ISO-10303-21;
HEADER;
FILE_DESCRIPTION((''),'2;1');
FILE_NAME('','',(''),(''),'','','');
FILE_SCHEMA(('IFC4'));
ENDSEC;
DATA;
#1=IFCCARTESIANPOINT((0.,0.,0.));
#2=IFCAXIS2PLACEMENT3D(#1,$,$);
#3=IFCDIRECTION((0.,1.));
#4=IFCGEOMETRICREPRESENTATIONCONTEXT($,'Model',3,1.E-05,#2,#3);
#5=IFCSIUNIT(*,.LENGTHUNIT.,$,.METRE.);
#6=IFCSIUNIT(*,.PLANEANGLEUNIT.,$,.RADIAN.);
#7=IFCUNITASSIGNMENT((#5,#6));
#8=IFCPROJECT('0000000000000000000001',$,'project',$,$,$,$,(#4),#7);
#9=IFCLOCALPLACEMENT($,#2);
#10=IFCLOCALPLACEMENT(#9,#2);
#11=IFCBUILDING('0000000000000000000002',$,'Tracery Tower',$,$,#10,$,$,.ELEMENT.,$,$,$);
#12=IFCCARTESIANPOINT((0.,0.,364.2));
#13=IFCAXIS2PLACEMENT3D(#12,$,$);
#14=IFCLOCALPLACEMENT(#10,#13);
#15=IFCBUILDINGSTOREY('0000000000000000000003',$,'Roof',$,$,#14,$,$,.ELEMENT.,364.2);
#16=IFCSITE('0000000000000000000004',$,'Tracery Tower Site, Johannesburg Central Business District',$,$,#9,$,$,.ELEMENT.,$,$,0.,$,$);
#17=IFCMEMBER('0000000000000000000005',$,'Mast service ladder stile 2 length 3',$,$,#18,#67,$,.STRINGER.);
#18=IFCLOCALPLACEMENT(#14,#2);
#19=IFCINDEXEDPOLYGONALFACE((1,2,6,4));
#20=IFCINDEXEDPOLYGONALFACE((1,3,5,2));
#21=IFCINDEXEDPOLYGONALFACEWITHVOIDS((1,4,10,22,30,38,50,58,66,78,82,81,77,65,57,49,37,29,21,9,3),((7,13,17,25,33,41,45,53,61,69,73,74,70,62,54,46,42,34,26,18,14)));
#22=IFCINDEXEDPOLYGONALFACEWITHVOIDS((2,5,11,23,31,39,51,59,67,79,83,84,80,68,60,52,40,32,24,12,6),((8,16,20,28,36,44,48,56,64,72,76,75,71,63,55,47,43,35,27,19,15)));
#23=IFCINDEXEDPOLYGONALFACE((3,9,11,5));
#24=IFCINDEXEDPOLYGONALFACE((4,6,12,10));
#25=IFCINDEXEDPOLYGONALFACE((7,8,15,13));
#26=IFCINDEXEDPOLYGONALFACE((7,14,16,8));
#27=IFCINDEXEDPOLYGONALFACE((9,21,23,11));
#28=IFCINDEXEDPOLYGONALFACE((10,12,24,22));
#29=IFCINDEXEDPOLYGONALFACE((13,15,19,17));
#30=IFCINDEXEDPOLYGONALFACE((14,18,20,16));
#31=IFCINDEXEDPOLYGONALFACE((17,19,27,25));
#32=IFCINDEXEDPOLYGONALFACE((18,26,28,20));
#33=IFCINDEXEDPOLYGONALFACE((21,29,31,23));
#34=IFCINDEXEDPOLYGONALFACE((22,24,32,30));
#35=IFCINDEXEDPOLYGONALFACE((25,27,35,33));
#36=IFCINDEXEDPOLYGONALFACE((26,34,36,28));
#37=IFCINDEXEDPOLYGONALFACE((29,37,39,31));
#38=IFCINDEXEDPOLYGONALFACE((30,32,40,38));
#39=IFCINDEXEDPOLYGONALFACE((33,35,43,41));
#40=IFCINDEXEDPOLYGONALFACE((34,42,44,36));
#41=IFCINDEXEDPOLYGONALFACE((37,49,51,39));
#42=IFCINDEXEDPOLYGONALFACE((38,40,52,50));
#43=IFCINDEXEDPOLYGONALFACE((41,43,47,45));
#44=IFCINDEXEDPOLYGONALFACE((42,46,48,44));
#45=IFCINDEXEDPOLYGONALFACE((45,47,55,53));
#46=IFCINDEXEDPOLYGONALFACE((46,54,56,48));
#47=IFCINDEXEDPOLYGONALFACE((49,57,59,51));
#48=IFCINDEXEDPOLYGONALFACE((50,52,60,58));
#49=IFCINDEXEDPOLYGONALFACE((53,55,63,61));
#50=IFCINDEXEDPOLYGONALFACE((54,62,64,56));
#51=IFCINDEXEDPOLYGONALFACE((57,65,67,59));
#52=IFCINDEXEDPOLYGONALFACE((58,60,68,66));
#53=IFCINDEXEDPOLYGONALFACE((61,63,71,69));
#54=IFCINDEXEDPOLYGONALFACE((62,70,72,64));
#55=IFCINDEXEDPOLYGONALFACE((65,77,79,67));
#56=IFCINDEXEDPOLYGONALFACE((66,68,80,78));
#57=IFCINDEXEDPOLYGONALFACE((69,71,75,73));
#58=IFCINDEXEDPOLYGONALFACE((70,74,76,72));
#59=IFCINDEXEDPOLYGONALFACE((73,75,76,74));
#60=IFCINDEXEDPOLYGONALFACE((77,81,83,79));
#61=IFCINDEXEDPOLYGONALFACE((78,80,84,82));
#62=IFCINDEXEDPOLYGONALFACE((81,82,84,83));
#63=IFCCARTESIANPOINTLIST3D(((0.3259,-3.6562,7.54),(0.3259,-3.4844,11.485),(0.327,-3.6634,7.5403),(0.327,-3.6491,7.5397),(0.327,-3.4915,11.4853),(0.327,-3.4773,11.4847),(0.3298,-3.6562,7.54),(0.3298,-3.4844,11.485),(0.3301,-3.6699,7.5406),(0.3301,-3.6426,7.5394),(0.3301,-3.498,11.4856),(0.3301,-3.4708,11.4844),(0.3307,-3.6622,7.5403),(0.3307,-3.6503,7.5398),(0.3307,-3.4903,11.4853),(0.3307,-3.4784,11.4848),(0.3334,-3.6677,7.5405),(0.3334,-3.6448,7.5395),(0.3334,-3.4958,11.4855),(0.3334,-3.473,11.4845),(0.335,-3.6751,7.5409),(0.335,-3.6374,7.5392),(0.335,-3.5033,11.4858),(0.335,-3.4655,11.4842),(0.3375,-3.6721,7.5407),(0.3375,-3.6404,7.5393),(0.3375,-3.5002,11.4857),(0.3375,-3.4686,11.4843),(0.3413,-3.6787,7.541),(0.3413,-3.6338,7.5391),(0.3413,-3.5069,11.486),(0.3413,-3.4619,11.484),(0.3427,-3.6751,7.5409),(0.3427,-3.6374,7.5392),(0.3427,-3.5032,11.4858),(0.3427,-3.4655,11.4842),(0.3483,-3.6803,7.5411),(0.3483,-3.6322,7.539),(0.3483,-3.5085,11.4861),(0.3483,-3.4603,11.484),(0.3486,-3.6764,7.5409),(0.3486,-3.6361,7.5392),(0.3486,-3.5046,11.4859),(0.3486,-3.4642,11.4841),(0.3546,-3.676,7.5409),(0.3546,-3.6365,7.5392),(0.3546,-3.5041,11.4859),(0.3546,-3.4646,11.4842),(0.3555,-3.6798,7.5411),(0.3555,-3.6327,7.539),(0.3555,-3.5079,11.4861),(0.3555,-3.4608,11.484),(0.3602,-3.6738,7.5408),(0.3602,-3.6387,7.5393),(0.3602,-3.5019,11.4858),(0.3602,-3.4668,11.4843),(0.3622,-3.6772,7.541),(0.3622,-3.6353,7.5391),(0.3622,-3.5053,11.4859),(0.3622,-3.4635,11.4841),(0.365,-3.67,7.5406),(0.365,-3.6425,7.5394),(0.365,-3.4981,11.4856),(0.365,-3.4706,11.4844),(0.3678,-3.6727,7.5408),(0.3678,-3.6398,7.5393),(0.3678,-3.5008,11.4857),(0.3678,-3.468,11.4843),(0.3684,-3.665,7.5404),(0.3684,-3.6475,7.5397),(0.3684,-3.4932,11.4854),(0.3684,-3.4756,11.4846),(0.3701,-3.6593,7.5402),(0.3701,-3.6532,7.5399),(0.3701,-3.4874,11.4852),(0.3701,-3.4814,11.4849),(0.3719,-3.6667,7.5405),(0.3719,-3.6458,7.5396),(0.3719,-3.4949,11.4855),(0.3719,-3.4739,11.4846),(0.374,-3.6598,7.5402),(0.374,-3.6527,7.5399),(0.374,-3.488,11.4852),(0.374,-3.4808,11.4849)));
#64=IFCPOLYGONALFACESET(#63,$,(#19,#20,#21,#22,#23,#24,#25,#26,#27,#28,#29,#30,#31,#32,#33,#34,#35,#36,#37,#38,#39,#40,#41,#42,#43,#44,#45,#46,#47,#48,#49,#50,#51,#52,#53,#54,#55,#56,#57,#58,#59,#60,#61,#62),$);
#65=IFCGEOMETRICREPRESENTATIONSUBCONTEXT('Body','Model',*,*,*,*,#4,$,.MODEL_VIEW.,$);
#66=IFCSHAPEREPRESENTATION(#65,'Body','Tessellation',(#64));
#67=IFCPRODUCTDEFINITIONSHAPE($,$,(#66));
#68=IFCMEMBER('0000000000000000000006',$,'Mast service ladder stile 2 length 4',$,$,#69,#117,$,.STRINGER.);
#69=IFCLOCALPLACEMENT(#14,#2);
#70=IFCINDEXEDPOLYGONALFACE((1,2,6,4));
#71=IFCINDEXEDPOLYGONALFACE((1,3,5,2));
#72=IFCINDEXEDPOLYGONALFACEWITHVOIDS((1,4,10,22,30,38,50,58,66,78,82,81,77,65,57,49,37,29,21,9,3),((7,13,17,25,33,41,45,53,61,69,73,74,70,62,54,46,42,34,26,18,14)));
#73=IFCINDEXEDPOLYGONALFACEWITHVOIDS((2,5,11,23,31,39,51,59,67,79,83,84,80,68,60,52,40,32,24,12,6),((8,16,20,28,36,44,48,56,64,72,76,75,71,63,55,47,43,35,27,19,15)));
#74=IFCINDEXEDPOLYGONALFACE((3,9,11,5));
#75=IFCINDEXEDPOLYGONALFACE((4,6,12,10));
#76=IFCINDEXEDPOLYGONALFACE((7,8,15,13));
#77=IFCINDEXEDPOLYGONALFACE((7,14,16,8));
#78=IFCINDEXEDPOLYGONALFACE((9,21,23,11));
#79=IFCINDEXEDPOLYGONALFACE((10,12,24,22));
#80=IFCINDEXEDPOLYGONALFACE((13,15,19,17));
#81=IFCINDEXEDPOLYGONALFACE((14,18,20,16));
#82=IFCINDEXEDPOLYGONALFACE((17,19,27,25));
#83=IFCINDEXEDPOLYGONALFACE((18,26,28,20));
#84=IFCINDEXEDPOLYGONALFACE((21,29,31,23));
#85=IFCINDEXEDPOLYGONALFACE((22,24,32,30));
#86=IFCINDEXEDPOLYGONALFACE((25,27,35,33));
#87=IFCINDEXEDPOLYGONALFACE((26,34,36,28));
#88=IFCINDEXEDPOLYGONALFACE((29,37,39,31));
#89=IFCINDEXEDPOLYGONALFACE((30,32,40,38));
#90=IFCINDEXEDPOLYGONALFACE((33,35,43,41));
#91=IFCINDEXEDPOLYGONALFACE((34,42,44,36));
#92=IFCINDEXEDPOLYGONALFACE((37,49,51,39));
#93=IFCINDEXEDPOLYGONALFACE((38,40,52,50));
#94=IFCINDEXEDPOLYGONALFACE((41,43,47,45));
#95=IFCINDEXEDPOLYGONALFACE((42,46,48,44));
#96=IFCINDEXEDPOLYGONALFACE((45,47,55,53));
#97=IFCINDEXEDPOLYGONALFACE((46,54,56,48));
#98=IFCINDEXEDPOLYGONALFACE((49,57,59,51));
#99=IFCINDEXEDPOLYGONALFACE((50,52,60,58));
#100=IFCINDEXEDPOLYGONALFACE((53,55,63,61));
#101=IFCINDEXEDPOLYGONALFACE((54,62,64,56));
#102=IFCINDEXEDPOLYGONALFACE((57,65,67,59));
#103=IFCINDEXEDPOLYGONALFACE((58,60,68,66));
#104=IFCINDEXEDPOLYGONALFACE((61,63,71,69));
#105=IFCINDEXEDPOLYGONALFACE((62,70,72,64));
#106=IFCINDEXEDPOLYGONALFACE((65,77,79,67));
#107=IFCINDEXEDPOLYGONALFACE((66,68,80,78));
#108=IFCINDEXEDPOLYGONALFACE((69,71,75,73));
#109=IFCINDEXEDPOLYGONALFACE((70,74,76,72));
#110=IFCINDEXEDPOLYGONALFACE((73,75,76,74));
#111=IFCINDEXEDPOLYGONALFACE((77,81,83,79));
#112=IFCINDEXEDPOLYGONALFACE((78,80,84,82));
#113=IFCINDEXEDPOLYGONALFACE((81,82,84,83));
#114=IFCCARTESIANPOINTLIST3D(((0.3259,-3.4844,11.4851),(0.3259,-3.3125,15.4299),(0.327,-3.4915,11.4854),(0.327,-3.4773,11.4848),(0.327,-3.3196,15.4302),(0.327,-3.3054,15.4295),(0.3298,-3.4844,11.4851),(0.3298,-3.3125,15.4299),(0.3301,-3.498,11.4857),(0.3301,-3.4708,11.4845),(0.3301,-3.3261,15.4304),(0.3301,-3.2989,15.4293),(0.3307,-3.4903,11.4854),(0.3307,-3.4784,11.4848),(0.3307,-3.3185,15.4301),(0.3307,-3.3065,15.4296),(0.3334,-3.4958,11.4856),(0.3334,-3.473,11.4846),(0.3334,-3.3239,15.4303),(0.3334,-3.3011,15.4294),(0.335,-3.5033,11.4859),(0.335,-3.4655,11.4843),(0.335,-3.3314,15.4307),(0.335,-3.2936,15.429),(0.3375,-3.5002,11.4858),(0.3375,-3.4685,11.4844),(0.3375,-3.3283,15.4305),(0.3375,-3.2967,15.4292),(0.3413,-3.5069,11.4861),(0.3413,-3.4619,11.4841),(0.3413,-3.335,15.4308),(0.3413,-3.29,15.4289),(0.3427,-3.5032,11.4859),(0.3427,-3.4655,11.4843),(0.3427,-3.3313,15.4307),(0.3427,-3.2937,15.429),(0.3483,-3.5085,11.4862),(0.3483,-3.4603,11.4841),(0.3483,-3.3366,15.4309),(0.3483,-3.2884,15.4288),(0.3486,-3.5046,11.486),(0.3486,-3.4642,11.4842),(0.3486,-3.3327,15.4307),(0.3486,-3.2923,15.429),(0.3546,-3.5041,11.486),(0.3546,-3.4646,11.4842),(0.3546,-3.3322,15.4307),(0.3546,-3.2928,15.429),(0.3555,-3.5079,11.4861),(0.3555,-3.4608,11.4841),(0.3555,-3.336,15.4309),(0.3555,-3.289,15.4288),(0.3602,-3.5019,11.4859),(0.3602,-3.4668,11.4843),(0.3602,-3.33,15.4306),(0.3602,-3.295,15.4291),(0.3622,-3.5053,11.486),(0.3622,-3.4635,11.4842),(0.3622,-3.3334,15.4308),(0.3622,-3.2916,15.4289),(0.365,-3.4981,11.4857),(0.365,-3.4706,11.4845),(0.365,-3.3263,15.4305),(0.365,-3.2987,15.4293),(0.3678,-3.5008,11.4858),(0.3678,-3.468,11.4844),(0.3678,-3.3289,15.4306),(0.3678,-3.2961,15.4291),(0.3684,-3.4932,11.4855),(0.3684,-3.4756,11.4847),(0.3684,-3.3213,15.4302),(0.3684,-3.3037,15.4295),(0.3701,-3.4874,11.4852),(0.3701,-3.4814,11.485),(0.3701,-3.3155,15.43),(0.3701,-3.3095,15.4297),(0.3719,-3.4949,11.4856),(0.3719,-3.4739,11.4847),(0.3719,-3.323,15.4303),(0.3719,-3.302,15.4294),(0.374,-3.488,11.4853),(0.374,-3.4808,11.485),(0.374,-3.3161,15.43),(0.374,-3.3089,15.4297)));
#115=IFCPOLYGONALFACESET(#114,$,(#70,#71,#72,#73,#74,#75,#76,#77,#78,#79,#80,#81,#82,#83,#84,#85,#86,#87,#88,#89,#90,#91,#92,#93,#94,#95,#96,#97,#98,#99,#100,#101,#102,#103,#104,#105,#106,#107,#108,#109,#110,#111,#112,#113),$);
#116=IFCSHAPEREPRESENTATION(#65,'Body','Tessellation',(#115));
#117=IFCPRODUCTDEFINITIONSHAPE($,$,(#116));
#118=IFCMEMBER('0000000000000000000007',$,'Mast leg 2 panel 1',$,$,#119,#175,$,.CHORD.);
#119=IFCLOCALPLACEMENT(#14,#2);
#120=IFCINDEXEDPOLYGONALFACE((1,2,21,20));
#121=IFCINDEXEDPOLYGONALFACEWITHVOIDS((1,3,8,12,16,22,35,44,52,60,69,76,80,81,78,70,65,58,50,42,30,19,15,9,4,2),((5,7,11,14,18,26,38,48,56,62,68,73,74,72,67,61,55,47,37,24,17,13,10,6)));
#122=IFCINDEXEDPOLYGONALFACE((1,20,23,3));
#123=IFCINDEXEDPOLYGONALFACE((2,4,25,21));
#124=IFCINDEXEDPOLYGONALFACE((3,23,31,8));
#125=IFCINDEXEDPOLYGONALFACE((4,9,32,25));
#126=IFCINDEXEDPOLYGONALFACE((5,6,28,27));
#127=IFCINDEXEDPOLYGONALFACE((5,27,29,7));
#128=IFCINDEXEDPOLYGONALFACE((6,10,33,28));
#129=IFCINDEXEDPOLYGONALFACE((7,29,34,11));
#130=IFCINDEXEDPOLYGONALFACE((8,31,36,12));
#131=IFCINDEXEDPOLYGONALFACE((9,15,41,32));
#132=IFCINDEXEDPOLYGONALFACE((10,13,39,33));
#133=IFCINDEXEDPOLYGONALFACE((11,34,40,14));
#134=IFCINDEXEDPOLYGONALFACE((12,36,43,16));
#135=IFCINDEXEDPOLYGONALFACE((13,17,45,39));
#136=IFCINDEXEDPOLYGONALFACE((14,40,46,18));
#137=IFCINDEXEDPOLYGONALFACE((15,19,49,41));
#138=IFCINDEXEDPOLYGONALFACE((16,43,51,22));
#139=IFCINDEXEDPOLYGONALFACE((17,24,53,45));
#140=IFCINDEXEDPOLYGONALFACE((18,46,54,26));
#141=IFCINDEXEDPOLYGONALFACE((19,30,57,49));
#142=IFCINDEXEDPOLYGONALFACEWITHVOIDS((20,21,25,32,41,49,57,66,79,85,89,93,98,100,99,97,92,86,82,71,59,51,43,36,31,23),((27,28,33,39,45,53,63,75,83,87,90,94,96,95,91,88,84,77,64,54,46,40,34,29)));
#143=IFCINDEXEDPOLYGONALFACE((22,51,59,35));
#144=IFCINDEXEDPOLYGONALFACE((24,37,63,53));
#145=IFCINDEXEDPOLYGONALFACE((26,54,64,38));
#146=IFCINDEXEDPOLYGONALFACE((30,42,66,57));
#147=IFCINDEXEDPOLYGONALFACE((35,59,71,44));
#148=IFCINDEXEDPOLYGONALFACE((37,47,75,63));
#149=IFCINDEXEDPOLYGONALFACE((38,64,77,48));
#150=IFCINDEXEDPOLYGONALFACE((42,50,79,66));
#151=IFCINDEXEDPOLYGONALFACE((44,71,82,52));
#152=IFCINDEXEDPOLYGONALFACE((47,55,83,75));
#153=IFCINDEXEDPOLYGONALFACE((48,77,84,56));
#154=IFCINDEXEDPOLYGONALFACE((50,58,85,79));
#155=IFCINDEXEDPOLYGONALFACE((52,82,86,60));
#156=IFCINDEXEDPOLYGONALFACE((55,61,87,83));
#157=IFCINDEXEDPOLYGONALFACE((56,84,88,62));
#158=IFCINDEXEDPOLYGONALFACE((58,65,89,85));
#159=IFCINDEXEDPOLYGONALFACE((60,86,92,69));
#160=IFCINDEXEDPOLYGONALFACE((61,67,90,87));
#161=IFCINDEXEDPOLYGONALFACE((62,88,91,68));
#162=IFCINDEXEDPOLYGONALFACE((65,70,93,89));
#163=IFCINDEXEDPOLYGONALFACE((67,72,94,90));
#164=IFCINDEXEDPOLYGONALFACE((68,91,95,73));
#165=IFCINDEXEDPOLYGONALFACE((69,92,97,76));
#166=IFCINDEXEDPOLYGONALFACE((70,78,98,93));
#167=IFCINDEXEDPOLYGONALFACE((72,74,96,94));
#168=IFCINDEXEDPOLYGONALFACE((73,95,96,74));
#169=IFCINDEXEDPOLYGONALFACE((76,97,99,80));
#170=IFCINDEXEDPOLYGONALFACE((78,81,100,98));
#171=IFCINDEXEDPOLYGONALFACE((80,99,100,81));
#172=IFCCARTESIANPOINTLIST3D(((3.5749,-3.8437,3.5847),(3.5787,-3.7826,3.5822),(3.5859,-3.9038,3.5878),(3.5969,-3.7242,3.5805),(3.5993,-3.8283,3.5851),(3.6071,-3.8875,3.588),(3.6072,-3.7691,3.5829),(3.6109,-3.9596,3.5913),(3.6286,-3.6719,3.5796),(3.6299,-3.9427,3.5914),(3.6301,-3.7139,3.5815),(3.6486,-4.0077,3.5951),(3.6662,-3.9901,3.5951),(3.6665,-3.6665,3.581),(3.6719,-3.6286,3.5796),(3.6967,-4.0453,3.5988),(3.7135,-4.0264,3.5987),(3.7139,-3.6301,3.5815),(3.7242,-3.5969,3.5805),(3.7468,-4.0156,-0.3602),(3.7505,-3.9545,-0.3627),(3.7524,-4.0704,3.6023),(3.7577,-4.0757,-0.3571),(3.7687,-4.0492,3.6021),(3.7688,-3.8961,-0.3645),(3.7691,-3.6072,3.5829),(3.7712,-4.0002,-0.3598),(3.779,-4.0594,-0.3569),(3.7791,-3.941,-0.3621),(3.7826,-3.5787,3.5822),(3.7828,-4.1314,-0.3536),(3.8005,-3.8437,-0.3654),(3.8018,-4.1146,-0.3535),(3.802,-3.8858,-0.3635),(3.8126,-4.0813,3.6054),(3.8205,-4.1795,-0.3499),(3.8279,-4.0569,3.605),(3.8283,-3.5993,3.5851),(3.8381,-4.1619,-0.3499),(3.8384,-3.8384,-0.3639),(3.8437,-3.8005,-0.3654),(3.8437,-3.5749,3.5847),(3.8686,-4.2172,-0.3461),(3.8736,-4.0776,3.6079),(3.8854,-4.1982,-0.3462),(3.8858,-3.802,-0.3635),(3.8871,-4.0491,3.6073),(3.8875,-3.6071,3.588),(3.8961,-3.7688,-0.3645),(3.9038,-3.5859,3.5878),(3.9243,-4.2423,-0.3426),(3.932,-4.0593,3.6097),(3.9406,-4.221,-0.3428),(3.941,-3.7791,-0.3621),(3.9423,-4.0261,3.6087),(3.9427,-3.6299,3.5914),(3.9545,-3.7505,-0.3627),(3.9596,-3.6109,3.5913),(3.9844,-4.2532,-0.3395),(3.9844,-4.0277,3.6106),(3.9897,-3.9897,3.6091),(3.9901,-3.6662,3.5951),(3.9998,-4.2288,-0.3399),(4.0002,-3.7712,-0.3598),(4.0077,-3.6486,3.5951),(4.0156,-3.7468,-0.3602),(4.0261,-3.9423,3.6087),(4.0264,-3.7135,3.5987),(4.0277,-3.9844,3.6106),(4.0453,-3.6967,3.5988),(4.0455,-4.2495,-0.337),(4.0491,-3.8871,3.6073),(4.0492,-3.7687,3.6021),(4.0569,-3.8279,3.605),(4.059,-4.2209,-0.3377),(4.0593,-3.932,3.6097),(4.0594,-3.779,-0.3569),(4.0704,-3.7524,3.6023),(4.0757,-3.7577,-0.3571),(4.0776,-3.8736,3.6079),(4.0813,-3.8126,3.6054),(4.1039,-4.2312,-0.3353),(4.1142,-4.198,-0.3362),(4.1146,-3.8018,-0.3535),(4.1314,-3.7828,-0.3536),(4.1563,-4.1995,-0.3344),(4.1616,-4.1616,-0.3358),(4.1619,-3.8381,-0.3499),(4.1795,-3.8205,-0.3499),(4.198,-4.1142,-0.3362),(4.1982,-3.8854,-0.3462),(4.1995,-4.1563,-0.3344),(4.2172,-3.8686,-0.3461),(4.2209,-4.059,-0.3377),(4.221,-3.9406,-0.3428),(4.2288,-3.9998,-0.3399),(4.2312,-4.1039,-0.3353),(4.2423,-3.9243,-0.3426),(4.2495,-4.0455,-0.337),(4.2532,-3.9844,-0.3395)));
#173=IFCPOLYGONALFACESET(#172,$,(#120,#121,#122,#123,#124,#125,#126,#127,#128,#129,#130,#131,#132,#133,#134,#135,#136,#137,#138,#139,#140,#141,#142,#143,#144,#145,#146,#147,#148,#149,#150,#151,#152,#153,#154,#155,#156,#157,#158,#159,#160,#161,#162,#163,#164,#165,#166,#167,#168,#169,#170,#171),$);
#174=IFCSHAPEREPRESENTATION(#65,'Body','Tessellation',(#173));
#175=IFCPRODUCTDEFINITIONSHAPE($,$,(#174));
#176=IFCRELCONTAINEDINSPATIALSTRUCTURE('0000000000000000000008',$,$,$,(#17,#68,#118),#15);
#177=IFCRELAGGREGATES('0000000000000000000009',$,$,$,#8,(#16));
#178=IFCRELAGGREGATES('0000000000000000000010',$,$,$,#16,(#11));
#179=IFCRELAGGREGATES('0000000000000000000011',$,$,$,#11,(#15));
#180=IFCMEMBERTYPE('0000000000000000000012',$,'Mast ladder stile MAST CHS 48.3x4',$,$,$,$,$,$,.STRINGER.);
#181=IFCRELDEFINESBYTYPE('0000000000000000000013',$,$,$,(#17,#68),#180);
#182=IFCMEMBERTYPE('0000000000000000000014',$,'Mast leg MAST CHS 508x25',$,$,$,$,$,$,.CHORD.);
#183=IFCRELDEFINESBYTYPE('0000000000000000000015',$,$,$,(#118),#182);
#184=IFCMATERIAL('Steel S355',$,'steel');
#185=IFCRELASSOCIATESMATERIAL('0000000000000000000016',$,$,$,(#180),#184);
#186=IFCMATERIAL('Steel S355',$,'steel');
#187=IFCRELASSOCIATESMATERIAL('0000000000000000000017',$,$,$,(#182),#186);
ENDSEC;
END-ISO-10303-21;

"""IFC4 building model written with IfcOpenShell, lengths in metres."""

from ifc_helpers import new_model, si_unit, direction, frame, origin, origin_2d, place, context, subcontext, project, spatial, hollow_circle, extrude, material, material_profile, profile_set, type_object, element, save


model = new_model("IFC4")

# Units and contexts
model_context = context("Model", 3, precision=1e-05, world=origin(), true_north=direction((0.0, 1.0)))
body_context = subcontext(model_context, "Body", "Model", "MODEL_VIEW")
ifc_project = project(units=[si_unit("LENGTHUNIT", "METRE"), si_unit("PLANEANGLEUNIT", "RADIAN")], contexts=[model_context])

# Site, building, storey
site_placement = place(None, origin())
site = spatial("IfcSite", under=ifc_project, at=site_placement, Name="Tracery Tower Site, Johannesburg Central Business District", CompositionType="ELEMENT", RefElevation=0.0)
building_placement = place(site_placement, origin())
building = spatial("IfcBuilding", under=site, at=building_placement, Name="Tracery Tower", CompositionType="ELEMENT")
storey_placement = place(building_placement, frame((0.0, 0.0, 364.2)))
storey = spatial("IfcBuildingStorey", under=building, at=storey_placement, Name="Roof", CompositionType="ELEMENT", Elevation=364.2)

# Members
ifc_material_1 = material(Name="Steel S355", Category="steel")
ifc_material_profile_1 = material_profile(ifc_material_1, hollow_circle(Radius=0.0242, WallThickness=0.0039, at=origin_2d()), Name="CHS 48.3x4")
ifc_profile_set_1 = profile_set([ifc_material_profile_1], Name="Steel S355")
member_type_1 = type_object("IfcMemberType", Name="Mast ladder stile MAST CHS 48.3x4", PredefinedType="STRINGER", material=ifc_profile_set_1)
for number, where, z_axis, x_axis, name in (
    (1, (0.3501, -3.6562, 7.54), (0.0, 0.043526, 0.999052), (-1.0, 0.0, 0.0), "Mast service ladder stile 2 length 3"),
):
    element("IfcMember", number, at=place(storey_placement, frame(where, z_axis=z_axis, x_axis=x_axis)), inside=storey, type_object=member_type_1, Name=name, PredefinedType="STRINGER", context=body_context, shape_type="SweptSolid", body=[
        extrude(hollow_circle(Radius=0.0242, WallThickness=0.0039, at=origin_2d()), origin(), (0.0, 0.0, 1.0), 3.9487),
    ])
member_1_placement = place(storey_placement, frame((0.3501, -3.4844, 11.4851), z_axis=(0.0, 0.043528, 0.999052), x_axis=(-1.0, 0.0, 0.0)))
element("IfcMember", 2, at=member_1_placement, inside=storey, type_object=member_type_1, Name="Mast service ladder stile 2 length 4", PredefinedType="STRINGER", context=body_context, shape_type="SweptSolid", body=[
    extrude(hollow_circle(Radius=0.0242, WallThickness=0.0039, at=origin_2d()), origin(), (0.0, 0.0, 1.0), 3.9485),
])
ifc_material_2 = material(Name="Steel S355", Category="steel")
ifc_material_profile_2 = material_profile(ifc_material_2, hollow_circle(Radius=0.2539, WallThickness=0.0249, at=origin_2d()), Name="CHS 508x25")
ifc_profile_set_2 = profile_set([ifc_material_profile_2], Name="Steel S355")
member_type_2 = type_object("IfcMemberType", Name="Mast leg MAST CHS 508x25", PredefinedType="CHORD", material=ifc_profile_set_2)
member_2_placement = place(storey_placement, frame((4.0, -4.0, -0.3499), z_axis=(-0.043487, 0.043487, 0.998107), x_axis=(-0.707107, -0.707107, 0.0)))
element("IfcMember", 3, at=member_2_placement, inside=storey, type_object=member_type_2, Name="Mast leg 2 panel 1", PredefinedType="CHORD", context=body_context, shape_type="SweptSolid", body=[
    extrude(hollow_circle(Radius=0.2539, WallThickness=0.0249, at=origin_2d()), origin(), (0.0, 0.0, 1.0), 3.9524),
])

save(model, "model.ifc")
